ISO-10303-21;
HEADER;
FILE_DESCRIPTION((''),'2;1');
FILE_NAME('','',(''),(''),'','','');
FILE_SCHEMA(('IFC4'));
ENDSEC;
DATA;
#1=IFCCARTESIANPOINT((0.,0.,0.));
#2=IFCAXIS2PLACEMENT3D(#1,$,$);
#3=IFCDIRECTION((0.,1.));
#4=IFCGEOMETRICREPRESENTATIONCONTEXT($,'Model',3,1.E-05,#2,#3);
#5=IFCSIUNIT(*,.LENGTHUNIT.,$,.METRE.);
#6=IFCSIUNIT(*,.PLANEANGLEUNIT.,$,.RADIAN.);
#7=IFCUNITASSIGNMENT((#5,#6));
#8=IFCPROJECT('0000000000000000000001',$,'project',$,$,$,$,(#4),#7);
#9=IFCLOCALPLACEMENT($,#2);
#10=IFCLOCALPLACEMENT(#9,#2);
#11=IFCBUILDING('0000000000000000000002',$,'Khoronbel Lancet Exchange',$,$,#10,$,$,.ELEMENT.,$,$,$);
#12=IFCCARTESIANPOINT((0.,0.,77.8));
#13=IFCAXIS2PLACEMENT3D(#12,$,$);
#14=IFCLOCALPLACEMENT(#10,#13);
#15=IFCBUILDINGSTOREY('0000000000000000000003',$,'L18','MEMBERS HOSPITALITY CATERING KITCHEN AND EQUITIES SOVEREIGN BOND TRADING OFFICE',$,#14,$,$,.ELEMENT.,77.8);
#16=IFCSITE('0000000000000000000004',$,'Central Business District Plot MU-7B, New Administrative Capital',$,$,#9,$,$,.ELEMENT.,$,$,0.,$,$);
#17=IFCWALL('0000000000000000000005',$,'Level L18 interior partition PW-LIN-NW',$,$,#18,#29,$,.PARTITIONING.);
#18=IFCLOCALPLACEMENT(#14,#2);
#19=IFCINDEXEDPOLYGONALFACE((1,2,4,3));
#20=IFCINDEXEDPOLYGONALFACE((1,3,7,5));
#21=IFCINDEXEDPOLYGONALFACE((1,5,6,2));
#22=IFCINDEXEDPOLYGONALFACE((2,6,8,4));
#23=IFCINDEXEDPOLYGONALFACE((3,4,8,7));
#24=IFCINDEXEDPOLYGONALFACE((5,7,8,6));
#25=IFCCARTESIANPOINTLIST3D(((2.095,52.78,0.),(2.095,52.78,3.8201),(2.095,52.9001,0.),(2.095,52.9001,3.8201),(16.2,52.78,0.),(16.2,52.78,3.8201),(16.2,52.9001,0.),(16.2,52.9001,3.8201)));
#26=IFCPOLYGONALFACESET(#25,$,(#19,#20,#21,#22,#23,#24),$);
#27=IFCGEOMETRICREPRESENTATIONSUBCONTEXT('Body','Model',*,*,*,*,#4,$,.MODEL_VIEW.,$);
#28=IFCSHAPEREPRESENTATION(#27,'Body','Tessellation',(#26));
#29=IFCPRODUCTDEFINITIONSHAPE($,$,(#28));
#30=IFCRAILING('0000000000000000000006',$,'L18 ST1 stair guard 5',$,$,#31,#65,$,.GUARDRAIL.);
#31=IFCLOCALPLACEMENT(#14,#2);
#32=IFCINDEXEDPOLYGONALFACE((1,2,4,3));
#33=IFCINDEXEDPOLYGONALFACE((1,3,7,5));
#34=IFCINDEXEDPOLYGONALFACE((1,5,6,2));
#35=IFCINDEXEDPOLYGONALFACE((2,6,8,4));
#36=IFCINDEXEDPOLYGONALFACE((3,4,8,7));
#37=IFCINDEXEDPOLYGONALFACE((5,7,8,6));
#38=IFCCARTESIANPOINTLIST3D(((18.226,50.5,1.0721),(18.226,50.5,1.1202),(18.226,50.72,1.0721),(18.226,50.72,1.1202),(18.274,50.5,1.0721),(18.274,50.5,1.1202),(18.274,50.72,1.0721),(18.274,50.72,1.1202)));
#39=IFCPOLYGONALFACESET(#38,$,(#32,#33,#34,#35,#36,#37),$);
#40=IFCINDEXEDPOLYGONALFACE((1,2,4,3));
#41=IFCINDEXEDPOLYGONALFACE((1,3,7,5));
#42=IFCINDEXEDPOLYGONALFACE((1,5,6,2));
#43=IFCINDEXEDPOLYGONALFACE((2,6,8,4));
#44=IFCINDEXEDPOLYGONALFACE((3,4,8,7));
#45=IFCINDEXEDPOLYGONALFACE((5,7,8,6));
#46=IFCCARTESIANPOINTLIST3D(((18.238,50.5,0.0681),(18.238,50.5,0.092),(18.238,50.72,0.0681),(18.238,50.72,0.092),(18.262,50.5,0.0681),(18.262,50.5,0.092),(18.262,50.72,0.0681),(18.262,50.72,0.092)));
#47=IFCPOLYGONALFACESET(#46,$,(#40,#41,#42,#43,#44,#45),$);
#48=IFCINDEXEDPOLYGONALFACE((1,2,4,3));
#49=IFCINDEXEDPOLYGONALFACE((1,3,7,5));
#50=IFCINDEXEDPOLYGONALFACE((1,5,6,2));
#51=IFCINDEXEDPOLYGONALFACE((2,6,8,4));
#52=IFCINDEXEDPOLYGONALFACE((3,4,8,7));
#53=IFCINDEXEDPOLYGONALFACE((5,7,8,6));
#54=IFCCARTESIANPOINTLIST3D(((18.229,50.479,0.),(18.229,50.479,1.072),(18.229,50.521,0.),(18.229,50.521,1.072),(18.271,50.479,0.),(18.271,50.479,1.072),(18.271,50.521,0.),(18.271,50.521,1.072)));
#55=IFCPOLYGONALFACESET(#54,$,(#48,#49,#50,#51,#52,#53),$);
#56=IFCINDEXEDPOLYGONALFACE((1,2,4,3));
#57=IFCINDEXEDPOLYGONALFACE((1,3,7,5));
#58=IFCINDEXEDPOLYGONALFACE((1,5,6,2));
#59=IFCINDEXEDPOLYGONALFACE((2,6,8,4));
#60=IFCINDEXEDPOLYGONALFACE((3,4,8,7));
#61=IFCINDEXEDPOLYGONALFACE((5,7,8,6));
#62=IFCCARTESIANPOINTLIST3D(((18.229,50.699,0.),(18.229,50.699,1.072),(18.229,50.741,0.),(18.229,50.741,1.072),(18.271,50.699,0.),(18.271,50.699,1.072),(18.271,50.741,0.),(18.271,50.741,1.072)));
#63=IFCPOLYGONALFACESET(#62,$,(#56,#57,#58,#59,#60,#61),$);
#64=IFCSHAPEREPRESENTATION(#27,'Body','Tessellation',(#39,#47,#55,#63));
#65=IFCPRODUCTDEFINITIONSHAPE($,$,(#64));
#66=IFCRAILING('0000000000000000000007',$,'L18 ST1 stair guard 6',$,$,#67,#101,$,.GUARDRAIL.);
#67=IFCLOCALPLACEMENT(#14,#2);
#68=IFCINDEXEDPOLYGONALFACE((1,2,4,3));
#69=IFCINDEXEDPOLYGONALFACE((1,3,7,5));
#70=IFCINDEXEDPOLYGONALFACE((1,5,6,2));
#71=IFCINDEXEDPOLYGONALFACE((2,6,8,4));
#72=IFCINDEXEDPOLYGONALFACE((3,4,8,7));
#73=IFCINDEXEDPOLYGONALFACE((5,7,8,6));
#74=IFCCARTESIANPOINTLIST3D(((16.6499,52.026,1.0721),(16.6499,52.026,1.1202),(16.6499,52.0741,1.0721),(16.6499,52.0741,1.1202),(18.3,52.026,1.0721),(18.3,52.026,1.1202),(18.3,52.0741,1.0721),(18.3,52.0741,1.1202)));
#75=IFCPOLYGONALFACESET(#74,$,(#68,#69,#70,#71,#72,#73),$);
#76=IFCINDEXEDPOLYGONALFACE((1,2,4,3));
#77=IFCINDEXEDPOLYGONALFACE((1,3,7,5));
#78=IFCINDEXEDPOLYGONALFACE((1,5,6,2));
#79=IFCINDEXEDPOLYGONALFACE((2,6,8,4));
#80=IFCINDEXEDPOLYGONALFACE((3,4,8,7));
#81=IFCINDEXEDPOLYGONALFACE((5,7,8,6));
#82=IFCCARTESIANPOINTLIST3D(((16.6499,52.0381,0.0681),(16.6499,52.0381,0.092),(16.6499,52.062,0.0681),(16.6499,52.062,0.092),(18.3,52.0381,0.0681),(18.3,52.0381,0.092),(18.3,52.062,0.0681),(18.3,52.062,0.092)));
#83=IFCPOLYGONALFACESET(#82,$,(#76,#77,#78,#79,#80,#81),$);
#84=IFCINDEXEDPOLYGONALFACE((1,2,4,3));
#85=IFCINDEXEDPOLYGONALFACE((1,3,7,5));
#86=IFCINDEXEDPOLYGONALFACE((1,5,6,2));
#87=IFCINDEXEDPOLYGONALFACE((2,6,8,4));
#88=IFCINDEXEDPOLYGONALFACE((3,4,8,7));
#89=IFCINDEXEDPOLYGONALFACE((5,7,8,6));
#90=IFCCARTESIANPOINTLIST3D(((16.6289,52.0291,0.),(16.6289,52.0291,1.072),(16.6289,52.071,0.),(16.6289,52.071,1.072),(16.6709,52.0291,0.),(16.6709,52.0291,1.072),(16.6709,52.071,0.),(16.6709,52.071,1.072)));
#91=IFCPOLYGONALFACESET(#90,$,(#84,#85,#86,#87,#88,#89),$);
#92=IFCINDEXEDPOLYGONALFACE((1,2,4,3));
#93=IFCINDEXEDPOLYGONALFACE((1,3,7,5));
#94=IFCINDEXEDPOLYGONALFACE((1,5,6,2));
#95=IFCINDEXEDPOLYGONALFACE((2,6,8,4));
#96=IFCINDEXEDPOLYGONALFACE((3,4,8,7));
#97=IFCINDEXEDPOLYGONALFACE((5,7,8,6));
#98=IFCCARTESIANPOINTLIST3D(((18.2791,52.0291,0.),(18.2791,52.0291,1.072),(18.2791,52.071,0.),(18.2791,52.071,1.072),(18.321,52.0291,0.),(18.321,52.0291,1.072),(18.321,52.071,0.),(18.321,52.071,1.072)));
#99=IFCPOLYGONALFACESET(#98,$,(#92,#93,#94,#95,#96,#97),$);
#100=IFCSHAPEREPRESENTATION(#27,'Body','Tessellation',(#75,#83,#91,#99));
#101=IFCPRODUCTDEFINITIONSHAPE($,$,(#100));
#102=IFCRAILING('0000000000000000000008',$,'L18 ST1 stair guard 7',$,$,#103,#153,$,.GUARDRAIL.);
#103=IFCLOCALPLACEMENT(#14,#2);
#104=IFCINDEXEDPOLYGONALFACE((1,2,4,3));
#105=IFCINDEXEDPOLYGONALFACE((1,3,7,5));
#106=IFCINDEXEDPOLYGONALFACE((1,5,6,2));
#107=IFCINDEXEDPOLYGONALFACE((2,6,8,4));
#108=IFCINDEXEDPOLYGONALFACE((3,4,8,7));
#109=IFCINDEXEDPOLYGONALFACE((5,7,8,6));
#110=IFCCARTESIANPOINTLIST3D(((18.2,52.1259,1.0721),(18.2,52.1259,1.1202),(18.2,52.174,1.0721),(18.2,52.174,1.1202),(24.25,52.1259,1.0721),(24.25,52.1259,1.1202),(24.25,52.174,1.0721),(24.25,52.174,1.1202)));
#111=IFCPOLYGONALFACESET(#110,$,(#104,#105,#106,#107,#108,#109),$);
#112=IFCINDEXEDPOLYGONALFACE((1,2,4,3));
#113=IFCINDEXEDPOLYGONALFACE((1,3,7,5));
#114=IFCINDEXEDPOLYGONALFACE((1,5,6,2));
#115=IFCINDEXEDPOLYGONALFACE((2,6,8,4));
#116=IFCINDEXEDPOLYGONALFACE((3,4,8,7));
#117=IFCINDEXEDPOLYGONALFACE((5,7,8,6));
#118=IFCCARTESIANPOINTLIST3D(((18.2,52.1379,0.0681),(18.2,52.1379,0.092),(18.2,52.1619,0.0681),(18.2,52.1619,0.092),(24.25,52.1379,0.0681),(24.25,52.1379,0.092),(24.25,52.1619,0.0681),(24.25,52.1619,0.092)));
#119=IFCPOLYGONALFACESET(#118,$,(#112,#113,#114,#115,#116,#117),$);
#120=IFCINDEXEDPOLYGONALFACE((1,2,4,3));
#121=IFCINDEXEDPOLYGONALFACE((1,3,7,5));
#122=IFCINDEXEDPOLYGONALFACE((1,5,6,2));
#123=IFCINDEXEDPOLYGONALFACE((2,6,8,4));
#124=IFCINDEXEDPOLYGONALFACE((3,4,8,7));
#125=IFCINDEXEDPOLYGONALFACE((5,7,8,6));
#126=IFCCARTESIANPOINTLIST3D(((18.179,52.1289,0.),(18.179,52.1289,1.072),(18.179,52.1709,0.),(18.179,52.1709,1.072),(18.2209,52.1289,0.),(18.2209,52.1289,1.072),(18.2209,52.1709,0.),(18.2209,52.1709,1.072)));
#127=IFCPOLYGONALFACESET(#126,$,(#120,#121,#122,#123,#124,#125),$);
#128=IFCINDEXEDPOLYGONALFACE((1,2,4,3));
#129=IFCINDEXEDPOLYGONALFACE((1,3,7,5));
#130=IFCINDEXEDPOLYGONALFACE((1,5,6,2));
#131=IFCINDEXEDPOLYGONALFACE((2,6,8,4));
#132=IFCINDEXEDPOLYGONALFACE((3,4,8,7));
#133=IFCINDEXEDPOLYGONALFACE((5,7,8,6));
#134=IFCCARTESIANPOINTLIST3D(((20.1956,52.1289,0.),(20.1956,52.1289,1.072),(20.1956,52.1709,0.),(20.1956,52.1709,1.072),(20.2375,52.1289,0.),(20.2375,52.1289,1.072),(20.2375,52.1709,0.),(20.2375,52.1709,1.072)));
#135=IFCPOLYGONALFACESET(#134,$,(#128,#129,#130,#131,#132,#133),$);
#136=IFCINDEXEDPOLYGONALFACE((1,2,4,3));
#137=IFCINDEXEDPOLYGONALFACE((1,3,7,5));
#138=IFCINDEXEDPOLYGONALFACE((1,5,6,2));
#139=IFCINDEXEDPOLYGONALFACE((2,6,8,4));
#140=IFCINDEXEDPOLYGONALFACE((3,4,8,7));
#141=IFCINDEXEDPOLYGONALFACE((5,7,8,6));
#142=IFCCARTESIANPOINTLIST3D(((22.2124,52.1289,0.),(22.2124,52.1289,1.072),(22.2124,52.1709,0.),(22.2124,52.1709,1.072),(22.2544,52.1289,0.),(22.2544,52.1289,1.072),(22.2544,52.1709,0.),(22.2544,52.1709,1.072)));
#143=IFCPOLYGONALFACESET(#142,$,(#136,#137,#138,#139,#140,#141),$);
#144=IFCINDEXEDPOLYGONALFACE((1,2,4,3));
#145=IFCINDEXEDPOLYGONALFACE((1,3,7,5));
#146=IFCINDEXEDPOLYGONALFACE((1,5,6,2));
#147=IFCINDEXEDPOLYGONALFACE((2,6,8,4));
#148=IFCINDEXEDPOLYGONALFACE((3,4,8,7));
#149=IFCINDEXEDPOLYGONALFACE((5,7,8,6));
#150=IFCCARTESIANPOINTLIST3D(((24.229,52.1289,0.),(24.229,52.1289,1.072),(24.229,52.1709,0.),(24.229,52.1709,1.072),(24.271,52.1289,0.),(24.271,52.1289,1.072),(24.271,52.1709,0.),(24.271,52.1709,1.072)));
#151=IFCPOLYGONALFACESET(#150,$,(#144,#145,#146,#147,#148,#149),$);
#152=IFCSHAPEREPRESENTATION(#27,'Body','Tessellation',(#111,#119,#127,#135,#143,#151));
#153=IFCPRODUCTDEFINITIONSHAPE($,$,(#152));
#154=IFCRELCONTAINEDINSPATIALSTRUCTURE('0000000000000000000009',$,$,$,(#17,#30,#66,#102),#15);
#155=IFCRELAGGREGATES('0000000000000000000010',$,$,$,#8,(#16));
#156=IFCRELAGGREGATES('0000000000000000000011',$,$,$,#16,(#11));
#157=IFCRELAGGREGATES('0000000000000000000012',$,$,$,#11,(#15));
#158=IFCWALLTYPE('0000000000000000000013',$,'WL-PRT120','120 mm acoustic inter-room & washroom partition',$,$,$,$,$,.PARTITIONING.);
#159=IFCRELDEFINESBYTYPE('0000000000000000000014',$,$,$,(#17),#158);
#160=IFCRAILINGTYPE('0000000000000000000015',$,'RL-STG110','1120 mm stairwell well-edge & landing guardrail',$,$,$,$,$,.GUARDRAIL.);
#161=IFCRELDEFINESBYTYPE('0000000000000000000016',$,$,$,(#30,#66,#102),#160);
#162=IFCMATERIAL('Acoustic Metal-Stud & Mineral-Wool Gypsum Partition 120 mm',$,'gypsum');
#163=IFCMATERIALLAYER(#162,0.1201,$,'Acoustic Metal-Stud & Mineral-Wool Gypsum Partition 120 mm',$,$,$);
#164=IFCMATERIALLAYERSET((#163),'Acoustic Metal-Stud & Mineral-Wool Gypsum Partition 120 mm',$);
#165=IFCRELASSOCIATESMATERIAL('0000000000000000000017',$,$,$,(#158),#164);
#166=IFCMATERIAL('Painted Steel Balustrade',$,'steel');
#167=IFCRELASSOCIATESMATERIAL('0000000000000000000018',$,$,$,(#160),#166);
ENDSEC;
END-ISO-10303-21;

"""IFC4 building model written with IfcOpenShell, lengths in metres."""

from ifc_helpers import new_model, si_unit, direction, frame, frame_2d, origin, origin_2d, place, context, subcontext, project, spatial, rectangle, extrude, material, layer, layer_set, type_object, element, save


model = new_model("IFC4")

# Units and contexts
model_context = context("Model", 3, precision=1e-05, world=origin(), true_north=direction((0.0, 1.0)))
body_context = subcontext(model_context, "Body", "Model", "MODEL_VIEW")
ifc_project = project(units=[si_unit("LENGTHUNIT", "METRE"), si_unit("PLANEANGLEUNIT", "RADIAN")], contexts=[model_context])

# Site, building, storey
site_placement = place(None, origin())
site = spatial("IfcSite", under=ifc_project, at=site_placement, Name="Central Business District Plot MU-7B, New Administrative Capital", CompositionType="ELEMENT", RefElevation=0.0)
building_placement = place(site_placement, origin())
building = spatial("IfcBuilding", under=site, at=building_placement, Name="Khoronbel Lancet Exchange", CompositionType="ELEMENT")
storey_placement = place(building_placement, frame((0.0, 0.0, 77.8)))
storey = spatial("IfcBuildingStorey", under=building, at=storey_placement, Name="L18", Description="MEMBERS HOSPITALITY CATERING KITCHEN AND EQUITIES SOVEREIGN BOND TRADING OFFICE", CompositionType="ELEMENT", Elevation=77.8)

# Wall
ifc_material_1 = material(Name="Acoustic Metal-Stud & Mineral-Wool Gypsum Partition 120 mm", Category="gypsum")
ifc_layer_1 = layer(ifc_material_1, 0.1201, Name="Acoustic Metal-Stud & Mineral-Wool Gypsum Partition 120 mm")
ifc_layer_set_1 = layer_set([ifc_layer_1], Name="Acoustic Metal-Stud & Mineral-Wool Gypsum Partition 120 mm")
wall_type_1 = type_object("IfcWallType", Name="WL-PRT120", Description="120 mm acoustic inter-room & washroom partition", PredefinedType="PARTITIONING", material=ifc_layer_set_1)
wall_1_placement = place(storey_placement, frame((2.095, 52.8401, 0.0), z_axis=(0.0, 0.0, 1.0), x_axis=(1.0, 0.0, 0.0)))
element("IfcWall", 1, at=wall_1_placement, inside=storey, type_object=wall_type_1, Name="Level L18 interior partition PW-LIN-NW", PredefinedType="PARTITIONING", context=body_context, shape_type="SweptSolid", body=[
    extrude(rectangle(XDim=14.105, YDim=0.1201, at=frame_2d((7.0525, 0.0))), origin(), (0.0, 0.0, 1.0), 3.8201),
])

# Railings
ifc_material_2 = material(Name="Painted Steel Balustrade", Category="steel")
railing_type = type_object("IfcRailingType", Name="RL-STG110", Description="1120 mm stairwell well-edge & landing guardrail", PredefinedType="GUARDRAIL", material=ifc_material_2)
railing_1_placement = place(storey_placement, frame((18.25, 50.5, 0.0)))
element("IfcRailing", 2, at=railing_1_placement, inside=storey, type_object=railing_type, Name="L18 ST1 stair guard 5", PredefinedType="GUARDRAIL", context=body_context, shape_type="SweptSolid", body=[
    extrude(rectangle(XDim=0.0481, YDim=0.0481, at=origin_2d()), frame((0.0, 0.0, 1.0962), z_axis=(0.0, 1.0, 0.0), x_axis=(-1.0, 0.0, 0.0)), (0.0, 0.0, 1.0), 0.22),
    extrude(rectangle(XDim=0.0239, YDim=0.0239, at=origin_2d()), frame((0.0, 0.0, 0.0801), z_axis=(0.0, 1.0, 0.0), x_axis=(-1.0, 0.0, 0.0)), (0.0, 0.0, 1.0), 0.22),
    extrude(rectangle(XDim=0.042, YDim=0.042, at=origin_2d()), origin(), (0.0, 0.0, 1.0), 1.072),
    extrude(rectangle(XDim=0.042, YDim=0.042, at=origin_2d()), frame((0.0, 0.22, 0.0)), (0.0, 0.0, 1.0), 1.072),
])
railing_2_placement = place(storey_placement, frame((16.6499, 52.05, 0.0)))
element("IfcRailing", 3, at=railing_2_placement, inside=storey, type_object=railing_type, Name="L18 ST1 stair guard 6", PredefinedType="GUARDRAIL", context=body_context, shape_type="SweptSolid", body=[
    extrude(rectangle(XDim=0.0481, YDim=0.0481, at=origin_2d()), frame((0.0, 0.0, 1.0962), z_axis=(1.0, 0.0, 0.0), x_axis=(0.0, 1.0, 0.0)), (0.0, 0.0, 1.0), 1.6501),
    extrude(rectangle(XDim=0.0239, YDim=0.0239, at=origin_2d()), frame((0.0, 0.0, 0.0801), z_axis=(1.0, 0.0, 0.0), x_axis=(0.0, 1.0, 0.0)), (0.0, 0.0, 1.0), 1.6501),
    extrude(rectangle(XDim=0.042, YDim=0.042, at=origin_2d()), origin(), (0.0, 0.0, 1.0), 1.072),
    extrude(rectangle(XDim=0.042, YDim=0.042, at=origin_2d()), frame((1.6501, 0.0, 0.0)), (0.0, 0.0, 1.0), 1.072),
])
railing_3_placement = place(storey_placement, frame((18.2, 52.1499, 0.0)))
element("IfcRailing", 4, at=railing_3_placement, inside=storey, type_object=railing_type, Name="L18 ST1 stair guard 7", PredefinedType="GUARDRAIL", context=body_context, shape_type="SweptSolid", body=[
    extrude(rectangle(XDim=0.0481, YDim=0.0481, at=origin_2d()), frame((0.0, 0.0, 1.0962), z_axis=(1.0, 0.0, 0.0), x_axis=(0.0, 1.0, 0.0)), (0.0, 0.0, 1.0), 6.05),
    extrude(rectangle(XDim=0.0239, YDim=0.0239, at=origin_2d()), frame((0.0, 0.0, 0.0801), z_axis=(1.0, 0.0, 0.0), x_axis=(0.0, 1.0, 0.0)), (0.0, 0.0, 1.0), 6.05),
    extrude(rectangle(XDim=0.042, YDim=0.042, at=origin_2d()), origin(), (0.0, 0.0, 1.0), 1.072),
    extrude(rectangle(XDim=0.042, YDim=0.042, at=origin_2d()), frame((2.0166, 0.0, 0.0)), (0.0, 0.0, 1.0), 1.072),
    extrude(rectangle(XDim=0.042, YDim=0.042, at=origin_2d()), frame((4.0334, 0.0, 0.0)), (0.0, 0.0, 1.0), 1.072),
    extrude(rectangle(XDim=0.042, YDim=0.042, at=origin_2d()), frame((6.05, 0.0, 0.0)), (0.0, 0.0, 1.0), 1.072),
])

save(model, "model.ifc")
